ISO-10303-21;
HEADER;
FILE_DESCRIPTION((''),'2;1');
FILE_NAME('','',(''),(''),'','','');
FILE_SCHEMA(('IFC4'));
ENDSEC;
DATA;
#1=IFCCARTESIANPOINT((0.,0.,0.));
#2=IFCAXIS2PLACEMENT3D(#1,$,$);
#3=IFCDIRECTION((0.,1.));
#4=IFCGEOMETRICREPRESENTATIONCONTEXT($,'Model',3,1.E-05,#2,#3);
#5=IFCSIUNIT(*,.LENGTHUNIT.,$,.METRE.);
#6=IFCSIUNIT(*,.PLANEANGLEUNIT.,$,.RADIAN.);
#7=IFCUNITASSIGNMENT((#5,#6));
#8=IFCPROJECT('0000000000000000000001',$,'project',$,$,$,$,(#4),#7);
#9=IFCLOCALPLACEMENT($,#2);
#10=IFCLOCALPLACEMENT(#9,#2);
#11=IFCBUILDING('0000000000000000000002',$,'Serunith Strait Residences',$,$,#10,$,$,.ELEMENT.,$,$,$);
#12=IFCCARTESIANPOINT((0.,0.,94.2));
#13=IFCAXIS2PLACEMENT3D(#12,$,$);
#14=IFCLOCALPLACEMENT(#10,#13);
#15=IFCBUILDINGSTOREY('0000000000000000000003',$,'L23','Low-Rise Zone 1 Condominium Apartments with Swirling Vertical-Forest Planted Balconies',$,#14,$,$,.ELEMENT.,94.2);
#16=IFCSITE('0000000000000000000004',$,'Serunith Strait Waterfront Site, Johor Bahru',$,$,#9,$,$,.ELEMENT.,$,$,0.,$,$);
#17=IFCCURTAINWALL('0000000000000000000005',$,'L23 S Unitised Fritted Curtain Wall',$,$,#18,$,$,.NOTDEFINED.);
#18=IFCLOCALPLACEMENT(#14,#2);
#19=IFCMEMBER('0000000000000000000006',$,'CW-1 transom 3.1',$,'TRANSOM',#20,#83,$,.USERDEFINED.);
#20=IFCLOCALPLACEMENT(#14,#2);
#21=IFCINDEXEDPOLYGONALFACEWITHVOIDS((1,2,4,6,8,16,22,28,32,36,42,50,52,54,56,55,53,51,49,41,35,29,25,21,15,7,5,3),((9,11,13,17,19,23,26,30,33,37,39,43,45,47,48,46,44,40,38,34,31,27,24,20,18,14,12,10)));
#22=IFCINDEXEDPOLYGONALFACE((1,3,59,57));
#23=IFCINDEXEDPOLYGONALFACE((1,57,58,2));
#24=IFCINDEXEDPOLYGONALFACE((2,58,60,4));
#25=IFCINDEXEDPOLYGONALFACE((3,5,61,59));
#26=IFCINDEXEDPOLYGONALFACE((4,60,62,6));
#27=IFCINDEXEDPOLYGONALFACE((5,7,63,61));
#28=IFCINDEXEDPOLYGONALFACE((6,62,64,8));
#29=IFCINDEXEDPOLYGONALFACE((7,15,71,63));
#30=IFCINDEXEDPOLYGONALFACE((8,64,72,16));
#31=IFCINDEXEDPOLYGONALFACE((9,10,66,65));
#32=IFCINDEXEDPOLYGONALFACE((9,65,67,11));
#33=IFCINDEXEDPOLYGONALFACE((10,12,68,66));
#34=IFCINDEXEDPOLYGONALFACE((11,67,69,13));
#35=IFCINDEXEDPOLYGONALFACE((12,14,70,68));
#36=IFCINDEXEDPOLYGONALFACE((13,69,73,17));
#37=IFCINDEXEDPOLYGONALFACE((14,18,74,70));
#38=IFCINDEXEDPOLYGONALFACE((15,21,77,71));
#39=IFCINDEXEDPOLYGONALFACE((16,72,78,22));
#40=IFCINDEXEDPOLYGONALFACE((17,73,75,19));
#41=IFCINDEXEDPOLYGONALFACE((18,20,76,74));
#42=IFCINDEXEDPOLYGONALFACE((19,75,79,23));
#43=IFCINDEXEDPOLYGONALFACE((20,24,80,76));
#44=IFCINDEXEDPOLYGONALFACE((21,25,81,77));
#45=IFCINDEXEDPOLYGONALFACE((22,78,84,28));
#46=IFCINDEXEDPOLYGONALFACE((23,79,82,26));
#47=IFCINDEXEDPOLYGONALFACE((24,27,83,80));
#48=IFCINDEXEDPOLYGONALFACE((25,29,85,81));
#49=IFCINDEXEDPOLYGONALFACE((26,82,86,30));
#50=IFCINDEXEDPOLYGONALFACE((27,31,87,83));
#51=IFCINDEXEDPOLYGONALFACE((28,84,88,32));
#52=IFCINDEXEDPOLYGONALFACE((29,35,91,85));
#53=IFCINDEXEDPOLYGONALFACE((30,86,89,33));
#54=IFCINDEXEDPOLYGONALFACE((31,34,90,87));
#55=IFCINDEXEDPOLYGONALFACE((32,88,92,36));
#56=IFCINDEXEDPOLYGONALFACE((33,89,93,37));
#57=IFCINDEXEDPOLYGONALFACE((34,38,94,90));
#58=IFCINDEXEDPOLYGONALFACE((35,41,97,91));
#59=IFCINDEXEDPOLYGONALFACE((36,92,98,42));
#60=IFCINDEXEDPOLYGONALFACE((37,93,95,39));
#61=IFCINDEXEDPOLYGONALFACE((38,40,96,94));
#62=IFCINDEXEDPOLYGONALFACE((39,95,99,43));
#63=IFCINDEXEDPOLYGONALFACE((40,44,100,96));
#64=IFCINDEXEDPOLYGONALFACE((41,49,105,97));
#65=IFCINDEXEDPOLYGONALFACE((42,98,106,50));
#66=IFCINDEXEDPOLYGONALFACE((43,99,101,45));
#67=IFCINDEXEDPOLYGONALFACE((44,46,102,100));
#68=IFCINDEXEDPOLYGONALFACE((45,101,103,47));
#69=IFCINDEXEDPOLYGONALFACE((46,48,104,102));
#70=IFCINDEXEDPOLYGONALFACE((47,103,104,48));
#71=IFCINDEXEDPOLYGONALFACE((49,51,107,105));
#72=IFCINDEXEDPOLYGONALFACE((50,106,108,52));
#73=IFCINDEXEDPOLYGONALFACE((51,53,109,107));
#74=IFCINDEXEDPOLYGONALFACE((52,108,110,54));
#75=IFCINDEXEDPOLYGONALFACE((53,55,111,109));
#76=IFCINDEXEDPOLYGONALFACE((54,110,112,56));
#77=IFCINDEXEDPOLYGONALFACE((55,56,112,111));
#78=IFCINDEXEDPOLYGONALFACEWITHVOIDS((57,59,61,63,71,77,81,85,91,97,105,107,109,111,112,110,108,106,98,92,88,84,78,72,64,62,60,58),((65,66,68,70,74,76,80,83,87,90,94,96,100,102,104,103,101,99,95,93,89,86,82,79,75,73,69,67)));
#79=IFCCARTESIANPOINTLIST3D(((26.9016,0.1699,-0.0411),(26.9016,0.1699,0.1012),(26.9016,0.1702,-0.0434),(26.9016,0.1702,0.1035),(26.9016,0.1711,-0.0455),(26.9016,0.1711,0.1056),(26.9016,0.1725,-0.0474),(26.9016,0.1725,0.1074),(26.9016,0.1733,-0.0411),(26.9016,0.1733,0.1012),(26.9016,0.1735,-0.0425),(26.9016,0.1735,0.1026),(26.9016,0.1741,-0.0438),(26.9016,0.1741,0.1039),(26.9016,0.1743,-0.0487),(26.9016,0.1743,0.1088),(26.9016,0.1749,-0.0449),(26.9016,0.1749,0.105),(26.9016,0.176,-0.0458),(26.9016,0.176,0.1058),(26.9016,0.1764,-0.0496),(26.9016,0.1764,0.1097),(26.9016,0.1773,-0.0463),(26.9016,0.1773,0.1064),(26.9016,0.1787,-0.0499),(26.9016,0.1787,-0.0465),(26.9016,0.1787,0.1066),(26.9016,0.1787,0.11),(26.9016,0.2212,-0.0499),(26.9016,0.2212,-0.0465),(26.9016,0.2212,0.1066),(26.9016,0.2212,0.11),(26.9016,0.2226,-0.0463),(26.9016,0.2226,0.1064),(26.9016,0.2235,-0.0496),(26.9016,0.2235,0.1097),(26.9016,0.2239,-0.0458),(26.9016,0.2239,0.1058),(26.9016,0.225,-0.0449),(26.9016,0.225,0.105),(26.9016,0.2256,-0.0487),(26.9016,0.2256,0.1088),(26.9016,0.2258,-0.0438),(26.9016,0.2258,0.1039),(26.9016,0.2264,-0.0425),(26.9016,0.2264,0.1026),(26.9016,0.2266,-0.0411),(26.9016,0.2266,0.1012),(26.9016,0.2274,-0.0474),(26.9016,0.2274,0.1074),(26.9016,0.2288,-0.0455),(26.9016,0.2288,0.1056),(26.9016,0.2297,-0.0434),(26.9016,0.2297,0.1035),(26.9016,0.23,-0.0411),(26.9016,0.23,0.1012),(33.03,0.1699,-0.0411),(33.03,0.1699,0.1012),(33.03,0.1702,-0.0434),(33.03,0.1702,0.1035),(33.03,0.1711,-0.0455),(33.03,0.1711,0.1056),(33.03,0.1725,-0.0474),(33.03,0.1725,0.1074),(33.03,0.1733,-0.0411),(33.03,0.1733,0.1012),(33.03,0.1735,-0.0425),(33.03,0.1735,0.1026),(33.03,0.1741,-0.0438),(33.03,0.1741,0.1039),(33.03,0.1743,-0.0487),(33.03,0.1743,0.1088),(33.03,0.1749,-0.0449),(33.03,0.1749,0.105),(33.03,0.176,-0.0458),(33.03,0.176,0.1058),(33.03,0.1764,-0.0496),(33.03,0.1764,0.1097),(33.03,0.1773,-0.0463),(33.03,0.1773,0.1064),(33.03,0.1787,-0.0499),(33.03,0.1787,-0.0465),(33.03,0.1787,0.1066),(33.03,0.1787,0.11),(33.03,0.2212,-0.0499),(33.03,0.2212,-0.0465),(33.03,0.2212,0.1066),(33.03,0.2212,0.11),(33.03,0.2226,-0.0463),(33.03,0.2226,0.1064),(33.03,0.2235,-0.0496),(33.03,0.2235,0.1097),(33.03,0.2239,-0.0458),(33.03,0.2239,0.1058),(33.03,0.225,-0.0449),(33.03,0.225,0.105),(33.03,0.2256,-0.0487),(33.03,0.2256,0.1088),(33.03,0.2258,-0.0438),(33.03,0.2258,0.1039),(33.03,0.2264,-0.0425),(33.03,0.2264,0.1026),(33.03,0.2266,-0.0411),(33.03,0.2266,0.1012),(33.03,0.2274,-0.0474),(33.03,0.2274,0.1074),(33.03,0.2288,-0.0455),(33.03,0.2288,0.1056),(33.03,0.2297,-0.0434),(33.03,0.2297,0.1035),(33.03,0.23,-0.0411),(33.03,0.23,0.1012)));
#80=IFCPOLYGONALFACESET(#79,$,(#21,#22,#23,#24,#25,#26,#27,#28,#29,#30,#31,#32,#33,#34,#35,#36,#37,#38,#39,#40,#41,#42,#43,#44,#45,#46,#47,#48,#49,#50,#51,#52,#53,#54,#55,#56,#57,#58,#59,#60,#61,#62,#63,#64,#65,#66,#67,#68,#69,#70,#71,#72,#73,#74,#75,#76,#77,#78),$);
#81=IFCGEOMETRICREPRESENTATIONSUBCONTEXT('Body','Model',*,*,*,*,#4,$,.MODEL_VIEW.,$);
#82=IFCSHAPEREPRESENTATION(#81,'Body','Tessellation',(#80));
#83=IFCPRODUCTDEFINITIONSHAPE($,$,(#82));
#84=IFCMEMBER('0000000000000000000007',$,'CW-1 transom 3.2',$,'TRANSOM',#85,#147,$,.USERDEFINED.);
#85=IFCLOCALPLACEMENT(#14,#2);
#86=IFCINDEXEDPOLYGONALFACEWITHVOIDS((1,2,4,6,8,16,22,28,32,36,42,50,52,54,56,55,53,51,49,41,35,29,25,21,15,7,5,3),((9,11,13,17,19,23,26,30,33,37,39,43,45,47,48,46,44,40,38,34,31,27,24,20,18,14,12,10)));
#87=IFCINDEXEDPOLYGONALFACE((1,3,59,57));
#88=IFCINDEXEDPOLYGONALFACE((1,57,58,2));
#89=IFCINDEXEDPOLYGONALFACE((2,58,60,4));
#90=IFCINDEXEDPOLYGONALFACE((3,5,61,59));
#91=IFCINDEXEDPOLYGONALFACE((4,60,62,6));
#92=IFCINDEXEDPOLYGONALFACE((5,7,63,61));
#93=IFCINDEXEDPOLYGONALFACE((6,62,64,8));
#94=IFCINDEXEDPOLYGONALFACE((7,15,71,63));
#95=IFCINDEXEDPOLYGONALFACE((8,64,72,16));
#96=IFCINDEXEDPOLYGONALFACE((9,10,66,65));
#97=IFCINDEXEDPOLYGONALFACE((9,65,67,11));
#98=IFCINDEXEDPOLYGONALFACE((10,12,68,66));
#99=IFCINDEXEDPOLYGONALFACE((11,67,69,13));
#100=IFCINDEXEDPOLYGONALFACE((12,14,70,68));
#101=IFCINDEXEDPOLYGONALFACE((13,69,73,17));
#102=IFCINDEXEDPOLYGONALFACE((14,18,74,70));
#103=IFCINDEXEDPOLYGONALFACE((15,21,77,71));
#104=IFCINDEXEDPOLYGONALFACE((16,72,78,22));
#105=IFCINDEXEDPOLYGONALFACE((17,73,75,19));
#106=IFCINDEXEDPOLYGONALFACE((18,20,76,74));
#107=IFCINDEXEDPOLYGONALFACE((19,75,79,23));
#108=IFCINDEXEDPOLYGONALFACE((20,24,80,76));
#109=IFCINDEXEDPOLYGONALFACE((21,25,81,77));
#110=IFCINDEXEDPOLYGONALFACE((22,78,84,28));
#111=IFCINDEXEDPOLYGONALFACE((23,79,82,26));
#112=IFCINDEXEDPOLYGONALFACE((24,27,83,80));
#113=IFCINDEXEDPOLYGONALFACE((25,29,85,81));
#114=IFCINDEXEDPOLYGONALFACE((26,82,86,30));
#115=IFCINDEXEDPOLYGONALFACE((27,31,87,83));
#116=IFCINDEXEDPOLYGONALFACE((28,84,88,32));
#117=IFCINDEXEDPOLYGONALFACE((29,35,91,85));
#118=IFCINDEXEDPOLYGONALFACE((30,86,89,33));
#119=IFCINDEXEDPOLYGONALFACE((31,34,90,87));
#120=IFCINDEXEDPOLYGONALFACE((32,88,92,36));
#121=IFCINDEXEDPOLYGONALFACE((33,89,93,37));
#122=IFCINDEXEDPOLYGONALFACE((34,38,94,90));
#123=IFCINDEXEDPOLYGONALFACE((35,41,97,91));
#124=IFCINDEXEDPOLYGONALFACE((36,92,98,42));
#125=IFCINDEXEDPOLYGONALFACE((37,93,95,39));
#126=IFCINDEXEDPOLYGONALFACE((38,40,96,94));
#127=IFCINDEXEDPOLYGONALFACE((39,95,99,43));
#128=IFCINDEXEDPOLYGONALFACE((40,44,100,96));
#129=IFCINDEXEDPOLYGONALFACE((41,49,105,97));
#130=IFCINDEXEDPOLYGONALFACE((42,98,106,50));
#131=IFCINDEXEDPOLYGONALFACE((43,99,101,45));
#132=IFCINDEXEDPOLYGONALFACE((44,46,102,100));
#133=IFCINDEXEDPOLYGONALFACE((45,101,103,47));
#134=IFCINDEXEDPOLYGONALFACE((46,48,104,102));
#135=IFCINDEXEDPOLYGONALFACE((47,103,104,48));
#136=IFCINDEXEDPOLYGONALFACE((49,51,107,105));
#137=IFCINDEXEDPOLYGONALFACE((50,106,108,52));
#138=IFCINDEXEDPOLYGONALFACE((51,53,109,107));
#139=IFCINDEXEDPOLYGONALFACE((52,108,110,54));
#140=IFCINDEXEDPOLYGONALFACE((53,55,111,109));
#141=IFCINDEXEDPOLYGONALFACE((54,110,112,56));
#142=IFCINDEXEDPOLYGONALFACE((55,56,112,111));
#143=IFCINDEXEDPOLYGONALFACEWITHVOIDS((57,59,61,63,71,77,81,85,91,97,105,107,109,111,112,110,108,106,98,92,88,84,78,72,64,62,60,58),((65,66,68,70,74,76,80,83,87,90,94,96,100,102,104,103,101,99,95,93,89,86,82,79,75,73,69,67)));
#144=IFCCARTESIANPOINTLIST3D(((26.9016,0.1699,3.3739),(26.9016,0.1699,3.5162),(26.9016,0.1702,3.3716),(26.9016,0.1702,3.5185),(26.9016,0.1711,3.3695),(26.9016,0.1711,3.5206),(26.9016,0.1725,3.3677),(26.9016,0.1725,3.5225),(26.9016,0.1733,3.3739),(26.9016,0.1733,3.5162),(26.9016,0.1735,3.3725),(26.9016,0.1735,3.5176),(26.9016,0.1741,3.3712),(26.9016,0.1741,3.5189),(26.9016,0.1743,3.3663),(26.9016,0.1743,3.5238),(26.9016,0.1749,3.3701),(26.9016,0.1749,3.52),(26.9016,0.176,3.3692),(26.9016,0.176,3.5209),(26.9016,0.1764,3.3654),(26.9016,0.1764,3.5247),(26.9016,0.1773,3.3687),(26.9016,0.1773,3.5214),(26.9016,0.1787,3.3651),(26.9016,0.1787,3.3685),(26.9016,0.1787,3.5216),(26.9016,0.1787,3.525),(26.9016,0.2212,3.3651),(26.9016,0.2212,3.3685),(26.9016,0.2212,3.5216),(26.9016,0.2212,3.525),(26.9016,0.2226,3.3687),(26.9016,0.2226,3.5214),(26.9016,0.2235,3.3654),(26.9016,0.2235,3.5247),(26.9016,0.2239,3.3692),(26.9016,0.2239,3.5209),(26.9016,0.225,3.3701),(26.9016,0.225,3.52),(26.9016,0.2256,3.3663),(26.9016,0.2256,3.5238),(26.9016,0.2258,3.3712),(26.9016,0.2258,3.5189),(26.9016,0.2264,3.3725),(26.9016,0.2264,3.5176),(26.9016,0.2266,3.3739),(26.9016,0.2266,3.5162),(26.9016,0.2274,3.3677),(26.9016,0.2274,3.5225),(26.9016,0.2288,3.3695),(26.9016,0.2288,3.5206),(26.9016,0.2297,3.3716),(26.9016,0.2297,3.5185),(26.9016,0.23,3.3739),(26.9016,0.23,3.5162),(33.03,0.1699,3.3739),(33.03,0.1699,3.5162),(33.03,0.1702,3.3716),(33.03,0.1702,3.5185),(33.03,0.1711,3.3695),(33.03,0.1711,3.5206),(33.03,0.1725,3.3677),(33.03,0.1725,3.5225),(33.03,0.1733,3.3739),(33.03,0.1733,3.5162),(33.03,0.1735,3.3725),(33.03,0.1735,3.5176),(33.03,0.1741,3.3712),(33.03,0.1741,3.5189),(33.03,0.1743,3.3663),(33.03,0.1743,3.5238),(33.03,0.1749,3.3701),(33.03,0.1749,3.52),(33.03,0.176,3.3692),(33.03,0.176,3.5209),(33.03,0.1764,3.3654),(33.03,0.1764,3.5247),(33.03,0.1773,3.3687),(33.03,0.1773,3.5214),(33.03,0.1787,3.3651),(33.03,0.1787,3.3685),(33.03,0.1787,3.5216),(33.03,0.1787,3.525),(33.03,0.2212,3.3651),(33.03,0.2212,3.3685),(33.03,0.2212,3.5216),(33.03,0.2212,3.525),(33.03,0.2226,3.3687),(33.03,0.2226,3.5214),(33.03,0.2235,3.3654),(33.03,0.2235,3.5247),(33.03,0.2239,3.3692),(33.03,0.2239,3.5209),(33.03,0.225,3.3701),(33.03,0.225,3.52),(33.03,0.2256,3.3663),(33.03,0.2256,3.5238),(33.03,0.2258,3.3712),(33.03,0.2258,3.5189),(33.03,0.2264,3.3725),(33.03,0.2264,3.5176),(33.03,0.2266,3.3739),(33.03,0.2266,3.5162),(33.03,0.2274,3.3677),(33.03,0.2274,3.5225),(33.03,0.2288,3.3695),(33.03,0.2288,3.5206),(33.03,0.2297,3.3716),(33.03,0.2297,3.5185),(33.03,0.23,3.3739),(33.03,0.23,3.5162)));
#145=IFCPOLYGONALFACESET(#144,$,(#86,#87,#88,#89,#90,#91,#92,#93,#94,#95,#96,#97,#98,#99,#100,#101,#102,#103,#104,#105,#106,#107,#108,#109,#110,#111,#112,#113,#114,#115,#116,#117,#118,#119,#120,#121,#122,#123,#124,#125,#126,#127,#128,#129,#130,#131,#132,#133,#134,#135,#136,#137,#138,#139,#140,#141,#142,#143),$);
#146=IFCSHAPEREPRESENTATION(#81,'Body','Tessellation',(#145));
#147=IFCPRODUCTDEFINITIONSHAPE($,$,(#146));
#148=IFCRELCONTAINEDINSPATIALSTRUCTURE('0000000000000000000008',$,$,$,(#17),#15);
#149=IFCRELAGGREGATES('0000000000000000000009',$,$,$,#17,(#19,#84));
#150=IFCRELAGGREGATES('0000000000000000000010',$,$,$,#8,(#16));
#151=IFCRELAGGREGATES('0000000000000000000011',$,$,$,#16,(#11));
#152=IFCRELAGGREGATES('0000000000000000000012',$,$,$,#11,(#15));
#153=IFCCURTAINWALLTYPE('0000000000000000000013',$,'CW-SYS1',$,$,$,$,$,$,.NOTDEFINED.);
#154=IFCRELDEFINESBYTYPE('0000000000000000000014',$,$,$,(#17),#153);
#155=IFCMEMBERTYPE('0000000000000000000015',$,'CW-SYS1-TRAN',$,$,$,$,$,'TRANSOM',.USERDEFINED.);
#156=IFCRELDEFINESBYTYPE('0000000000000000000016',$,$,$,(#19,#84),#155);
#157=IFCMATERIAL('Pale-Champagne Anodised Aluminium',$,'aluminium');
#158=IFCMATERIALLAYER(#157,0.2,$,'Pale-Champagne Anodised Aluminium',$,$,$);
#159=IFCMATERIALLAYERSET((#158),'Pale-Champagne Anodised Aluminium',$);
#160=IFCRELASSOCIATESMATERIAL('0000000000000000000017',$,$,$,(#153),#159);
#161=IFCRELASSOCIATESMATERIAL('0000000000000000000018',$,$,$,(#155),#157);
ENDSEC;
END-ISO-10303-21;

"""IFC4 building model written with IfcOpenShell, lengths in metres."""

from ifc_helpers import new_model, si_unit, direction, frame, origin, origin_2d, place, context, subcontext, project, spatial, hollow_rectangle, extrude, source, transform, mapped, material, layer, layer_set, material_profile, profile_set, type_object, element, aggregate, save


model = new_model("IFC4")

# Units and contexts
model_context = context("Model", 3, precision=1e-05, world=origin(), true_north=direction((0.0, 1.0)))
body_context = subcontext(model_context, "Body", "Model", "MODEL_VIEW")
ifc_project = project(units=[si_unit("LENGTHUNIT", "METRE"), si_unit("PLANEANGLEUNIT", "RADIAN")], contexts=[model_context])

# Site, building, storey
site_placement = place(None, origin())
site = spatial("IfcSite", under=ifc_project, at=site_placement, Name="Serunith Strait Waterfront Site, Johor Bahru", CompositionType="ELEMENT", RefElevation=0.0)
building_placement = place(site_placement, origin())
building = spatial("IfcBuilding", under=site, at=building_placement, Name="Serunith Strait Residences", CompositionType="ELEMENT")
storey_placement = place(building_placement, frame((0.0, 0.0, 94.2)))
storey = spatial("IfcBuildingStorey", under=building, at=storey_placement, Name="L23", Description="Low-Rise Zone 1 Condominium Apartments with Swirling Vertical-Forest Planted Balconies", CompositionType="ELEMENT", Elevation=94.2)

# Curtain wall, members
ifc_material_1 = material(Name="Pale-Champagne Anodised Aluminium", Category="aluminium")
ifc_layer_1 = layer(ifc_material_1, 0.2, Name="Pale-Champagne Anodised Aluminium")
ifc_layer_set_1 = layer_set([ifc_layer_1], Name="Pale-Champagne Anodised Aluminium")
curtain_wall_type = type_object("IfcCurtainWallType", Name="CW-SYS1", PredefinedType="NOTDEFINED", material=ifc_layer_set_1)
curtain_wall_placement = place(storey_placement, origin())
curtain_wall = element("IfcCurtainWall", 1, at=curtain_wall_placement, inside=storey, type_object=curtain_wall_type, Name="L23 S Unitised Fritted Curtain Wall", PredefinedType="NOTDEFINED")
ifc_material_profile_1 = material_profile(ifc_material_1, hollow_rectangle(XDim=0.0601, YDim=0.1599, WallThickness=0.0034, InnerFilletRadius=0.0054, OuterFilletRadius=0.0088, at=origin_2d()), Name="ALU 160x60x3.5")
ifc_profile_set_1 = profile_set([ifc_material_profile_1], Name="Pale-Champagne Anodised Aluminium")
member_type_1 = type_object("IfcMemberType", Name="CW-SYS1-TRAN", ElementType="TRANSOM", PredefinedType="USERDEFINED", material=ifc_profile_set_1)
shared_shape_1 = source(origin(), body_context, "Body", "SweptSolid", [
    extrude(hollow_rectangle(XDim=0.0601, YDim=0.1599, WallThickness=0.0034, InnerFilletRadius=0.0054, OuterFilletRadius=0.0088, at=origin_2d()), origin(), (0.0, 0.0, 1.0), 6.1284),
])
member_1_placement = place(storey_placement, frame((26.9016, 0.2, 0.03), z_axis=(1.0, 0.0, 0.0), x_axis=(0.0, 1.0, 0.0)))
member_1 = element("IfcMember", 2, at=member_1_placement, type_object=member_type_1, Name="CW-1 transom 3.1", ObjectType="TRANSOM", PredefinedType="USERDEFINED", context=body_context, shape_type="MappedRepresentation", body=[
    mapped(shared_shape_1, transform((0.0, 0.0, 0.0), scale=1.0)),
])
member_2_placement = place(storey_placement, frame((26.9016, 0.2, 3.4451), z_axis=(1.0, 0.0, 0.0), x_axis=(0.0, 1.0, 0.0)))
member_2 = element("IfcMember", 3, at=member_2_placement, type_object=member_type_1, Name="CW-1 transom 3.2", ObjectType="TRANSOM", PredefinedType="USERDEFINED", context=body_context, shape_type="MappedRepresentation", body=[
    mapped(shared_shape_1, transform((0.0, 0.0, 0.0), scale=1.0)),
])
aggregate(curtain_wall, [member_1, member_2])

save(model, "model.ifc")
